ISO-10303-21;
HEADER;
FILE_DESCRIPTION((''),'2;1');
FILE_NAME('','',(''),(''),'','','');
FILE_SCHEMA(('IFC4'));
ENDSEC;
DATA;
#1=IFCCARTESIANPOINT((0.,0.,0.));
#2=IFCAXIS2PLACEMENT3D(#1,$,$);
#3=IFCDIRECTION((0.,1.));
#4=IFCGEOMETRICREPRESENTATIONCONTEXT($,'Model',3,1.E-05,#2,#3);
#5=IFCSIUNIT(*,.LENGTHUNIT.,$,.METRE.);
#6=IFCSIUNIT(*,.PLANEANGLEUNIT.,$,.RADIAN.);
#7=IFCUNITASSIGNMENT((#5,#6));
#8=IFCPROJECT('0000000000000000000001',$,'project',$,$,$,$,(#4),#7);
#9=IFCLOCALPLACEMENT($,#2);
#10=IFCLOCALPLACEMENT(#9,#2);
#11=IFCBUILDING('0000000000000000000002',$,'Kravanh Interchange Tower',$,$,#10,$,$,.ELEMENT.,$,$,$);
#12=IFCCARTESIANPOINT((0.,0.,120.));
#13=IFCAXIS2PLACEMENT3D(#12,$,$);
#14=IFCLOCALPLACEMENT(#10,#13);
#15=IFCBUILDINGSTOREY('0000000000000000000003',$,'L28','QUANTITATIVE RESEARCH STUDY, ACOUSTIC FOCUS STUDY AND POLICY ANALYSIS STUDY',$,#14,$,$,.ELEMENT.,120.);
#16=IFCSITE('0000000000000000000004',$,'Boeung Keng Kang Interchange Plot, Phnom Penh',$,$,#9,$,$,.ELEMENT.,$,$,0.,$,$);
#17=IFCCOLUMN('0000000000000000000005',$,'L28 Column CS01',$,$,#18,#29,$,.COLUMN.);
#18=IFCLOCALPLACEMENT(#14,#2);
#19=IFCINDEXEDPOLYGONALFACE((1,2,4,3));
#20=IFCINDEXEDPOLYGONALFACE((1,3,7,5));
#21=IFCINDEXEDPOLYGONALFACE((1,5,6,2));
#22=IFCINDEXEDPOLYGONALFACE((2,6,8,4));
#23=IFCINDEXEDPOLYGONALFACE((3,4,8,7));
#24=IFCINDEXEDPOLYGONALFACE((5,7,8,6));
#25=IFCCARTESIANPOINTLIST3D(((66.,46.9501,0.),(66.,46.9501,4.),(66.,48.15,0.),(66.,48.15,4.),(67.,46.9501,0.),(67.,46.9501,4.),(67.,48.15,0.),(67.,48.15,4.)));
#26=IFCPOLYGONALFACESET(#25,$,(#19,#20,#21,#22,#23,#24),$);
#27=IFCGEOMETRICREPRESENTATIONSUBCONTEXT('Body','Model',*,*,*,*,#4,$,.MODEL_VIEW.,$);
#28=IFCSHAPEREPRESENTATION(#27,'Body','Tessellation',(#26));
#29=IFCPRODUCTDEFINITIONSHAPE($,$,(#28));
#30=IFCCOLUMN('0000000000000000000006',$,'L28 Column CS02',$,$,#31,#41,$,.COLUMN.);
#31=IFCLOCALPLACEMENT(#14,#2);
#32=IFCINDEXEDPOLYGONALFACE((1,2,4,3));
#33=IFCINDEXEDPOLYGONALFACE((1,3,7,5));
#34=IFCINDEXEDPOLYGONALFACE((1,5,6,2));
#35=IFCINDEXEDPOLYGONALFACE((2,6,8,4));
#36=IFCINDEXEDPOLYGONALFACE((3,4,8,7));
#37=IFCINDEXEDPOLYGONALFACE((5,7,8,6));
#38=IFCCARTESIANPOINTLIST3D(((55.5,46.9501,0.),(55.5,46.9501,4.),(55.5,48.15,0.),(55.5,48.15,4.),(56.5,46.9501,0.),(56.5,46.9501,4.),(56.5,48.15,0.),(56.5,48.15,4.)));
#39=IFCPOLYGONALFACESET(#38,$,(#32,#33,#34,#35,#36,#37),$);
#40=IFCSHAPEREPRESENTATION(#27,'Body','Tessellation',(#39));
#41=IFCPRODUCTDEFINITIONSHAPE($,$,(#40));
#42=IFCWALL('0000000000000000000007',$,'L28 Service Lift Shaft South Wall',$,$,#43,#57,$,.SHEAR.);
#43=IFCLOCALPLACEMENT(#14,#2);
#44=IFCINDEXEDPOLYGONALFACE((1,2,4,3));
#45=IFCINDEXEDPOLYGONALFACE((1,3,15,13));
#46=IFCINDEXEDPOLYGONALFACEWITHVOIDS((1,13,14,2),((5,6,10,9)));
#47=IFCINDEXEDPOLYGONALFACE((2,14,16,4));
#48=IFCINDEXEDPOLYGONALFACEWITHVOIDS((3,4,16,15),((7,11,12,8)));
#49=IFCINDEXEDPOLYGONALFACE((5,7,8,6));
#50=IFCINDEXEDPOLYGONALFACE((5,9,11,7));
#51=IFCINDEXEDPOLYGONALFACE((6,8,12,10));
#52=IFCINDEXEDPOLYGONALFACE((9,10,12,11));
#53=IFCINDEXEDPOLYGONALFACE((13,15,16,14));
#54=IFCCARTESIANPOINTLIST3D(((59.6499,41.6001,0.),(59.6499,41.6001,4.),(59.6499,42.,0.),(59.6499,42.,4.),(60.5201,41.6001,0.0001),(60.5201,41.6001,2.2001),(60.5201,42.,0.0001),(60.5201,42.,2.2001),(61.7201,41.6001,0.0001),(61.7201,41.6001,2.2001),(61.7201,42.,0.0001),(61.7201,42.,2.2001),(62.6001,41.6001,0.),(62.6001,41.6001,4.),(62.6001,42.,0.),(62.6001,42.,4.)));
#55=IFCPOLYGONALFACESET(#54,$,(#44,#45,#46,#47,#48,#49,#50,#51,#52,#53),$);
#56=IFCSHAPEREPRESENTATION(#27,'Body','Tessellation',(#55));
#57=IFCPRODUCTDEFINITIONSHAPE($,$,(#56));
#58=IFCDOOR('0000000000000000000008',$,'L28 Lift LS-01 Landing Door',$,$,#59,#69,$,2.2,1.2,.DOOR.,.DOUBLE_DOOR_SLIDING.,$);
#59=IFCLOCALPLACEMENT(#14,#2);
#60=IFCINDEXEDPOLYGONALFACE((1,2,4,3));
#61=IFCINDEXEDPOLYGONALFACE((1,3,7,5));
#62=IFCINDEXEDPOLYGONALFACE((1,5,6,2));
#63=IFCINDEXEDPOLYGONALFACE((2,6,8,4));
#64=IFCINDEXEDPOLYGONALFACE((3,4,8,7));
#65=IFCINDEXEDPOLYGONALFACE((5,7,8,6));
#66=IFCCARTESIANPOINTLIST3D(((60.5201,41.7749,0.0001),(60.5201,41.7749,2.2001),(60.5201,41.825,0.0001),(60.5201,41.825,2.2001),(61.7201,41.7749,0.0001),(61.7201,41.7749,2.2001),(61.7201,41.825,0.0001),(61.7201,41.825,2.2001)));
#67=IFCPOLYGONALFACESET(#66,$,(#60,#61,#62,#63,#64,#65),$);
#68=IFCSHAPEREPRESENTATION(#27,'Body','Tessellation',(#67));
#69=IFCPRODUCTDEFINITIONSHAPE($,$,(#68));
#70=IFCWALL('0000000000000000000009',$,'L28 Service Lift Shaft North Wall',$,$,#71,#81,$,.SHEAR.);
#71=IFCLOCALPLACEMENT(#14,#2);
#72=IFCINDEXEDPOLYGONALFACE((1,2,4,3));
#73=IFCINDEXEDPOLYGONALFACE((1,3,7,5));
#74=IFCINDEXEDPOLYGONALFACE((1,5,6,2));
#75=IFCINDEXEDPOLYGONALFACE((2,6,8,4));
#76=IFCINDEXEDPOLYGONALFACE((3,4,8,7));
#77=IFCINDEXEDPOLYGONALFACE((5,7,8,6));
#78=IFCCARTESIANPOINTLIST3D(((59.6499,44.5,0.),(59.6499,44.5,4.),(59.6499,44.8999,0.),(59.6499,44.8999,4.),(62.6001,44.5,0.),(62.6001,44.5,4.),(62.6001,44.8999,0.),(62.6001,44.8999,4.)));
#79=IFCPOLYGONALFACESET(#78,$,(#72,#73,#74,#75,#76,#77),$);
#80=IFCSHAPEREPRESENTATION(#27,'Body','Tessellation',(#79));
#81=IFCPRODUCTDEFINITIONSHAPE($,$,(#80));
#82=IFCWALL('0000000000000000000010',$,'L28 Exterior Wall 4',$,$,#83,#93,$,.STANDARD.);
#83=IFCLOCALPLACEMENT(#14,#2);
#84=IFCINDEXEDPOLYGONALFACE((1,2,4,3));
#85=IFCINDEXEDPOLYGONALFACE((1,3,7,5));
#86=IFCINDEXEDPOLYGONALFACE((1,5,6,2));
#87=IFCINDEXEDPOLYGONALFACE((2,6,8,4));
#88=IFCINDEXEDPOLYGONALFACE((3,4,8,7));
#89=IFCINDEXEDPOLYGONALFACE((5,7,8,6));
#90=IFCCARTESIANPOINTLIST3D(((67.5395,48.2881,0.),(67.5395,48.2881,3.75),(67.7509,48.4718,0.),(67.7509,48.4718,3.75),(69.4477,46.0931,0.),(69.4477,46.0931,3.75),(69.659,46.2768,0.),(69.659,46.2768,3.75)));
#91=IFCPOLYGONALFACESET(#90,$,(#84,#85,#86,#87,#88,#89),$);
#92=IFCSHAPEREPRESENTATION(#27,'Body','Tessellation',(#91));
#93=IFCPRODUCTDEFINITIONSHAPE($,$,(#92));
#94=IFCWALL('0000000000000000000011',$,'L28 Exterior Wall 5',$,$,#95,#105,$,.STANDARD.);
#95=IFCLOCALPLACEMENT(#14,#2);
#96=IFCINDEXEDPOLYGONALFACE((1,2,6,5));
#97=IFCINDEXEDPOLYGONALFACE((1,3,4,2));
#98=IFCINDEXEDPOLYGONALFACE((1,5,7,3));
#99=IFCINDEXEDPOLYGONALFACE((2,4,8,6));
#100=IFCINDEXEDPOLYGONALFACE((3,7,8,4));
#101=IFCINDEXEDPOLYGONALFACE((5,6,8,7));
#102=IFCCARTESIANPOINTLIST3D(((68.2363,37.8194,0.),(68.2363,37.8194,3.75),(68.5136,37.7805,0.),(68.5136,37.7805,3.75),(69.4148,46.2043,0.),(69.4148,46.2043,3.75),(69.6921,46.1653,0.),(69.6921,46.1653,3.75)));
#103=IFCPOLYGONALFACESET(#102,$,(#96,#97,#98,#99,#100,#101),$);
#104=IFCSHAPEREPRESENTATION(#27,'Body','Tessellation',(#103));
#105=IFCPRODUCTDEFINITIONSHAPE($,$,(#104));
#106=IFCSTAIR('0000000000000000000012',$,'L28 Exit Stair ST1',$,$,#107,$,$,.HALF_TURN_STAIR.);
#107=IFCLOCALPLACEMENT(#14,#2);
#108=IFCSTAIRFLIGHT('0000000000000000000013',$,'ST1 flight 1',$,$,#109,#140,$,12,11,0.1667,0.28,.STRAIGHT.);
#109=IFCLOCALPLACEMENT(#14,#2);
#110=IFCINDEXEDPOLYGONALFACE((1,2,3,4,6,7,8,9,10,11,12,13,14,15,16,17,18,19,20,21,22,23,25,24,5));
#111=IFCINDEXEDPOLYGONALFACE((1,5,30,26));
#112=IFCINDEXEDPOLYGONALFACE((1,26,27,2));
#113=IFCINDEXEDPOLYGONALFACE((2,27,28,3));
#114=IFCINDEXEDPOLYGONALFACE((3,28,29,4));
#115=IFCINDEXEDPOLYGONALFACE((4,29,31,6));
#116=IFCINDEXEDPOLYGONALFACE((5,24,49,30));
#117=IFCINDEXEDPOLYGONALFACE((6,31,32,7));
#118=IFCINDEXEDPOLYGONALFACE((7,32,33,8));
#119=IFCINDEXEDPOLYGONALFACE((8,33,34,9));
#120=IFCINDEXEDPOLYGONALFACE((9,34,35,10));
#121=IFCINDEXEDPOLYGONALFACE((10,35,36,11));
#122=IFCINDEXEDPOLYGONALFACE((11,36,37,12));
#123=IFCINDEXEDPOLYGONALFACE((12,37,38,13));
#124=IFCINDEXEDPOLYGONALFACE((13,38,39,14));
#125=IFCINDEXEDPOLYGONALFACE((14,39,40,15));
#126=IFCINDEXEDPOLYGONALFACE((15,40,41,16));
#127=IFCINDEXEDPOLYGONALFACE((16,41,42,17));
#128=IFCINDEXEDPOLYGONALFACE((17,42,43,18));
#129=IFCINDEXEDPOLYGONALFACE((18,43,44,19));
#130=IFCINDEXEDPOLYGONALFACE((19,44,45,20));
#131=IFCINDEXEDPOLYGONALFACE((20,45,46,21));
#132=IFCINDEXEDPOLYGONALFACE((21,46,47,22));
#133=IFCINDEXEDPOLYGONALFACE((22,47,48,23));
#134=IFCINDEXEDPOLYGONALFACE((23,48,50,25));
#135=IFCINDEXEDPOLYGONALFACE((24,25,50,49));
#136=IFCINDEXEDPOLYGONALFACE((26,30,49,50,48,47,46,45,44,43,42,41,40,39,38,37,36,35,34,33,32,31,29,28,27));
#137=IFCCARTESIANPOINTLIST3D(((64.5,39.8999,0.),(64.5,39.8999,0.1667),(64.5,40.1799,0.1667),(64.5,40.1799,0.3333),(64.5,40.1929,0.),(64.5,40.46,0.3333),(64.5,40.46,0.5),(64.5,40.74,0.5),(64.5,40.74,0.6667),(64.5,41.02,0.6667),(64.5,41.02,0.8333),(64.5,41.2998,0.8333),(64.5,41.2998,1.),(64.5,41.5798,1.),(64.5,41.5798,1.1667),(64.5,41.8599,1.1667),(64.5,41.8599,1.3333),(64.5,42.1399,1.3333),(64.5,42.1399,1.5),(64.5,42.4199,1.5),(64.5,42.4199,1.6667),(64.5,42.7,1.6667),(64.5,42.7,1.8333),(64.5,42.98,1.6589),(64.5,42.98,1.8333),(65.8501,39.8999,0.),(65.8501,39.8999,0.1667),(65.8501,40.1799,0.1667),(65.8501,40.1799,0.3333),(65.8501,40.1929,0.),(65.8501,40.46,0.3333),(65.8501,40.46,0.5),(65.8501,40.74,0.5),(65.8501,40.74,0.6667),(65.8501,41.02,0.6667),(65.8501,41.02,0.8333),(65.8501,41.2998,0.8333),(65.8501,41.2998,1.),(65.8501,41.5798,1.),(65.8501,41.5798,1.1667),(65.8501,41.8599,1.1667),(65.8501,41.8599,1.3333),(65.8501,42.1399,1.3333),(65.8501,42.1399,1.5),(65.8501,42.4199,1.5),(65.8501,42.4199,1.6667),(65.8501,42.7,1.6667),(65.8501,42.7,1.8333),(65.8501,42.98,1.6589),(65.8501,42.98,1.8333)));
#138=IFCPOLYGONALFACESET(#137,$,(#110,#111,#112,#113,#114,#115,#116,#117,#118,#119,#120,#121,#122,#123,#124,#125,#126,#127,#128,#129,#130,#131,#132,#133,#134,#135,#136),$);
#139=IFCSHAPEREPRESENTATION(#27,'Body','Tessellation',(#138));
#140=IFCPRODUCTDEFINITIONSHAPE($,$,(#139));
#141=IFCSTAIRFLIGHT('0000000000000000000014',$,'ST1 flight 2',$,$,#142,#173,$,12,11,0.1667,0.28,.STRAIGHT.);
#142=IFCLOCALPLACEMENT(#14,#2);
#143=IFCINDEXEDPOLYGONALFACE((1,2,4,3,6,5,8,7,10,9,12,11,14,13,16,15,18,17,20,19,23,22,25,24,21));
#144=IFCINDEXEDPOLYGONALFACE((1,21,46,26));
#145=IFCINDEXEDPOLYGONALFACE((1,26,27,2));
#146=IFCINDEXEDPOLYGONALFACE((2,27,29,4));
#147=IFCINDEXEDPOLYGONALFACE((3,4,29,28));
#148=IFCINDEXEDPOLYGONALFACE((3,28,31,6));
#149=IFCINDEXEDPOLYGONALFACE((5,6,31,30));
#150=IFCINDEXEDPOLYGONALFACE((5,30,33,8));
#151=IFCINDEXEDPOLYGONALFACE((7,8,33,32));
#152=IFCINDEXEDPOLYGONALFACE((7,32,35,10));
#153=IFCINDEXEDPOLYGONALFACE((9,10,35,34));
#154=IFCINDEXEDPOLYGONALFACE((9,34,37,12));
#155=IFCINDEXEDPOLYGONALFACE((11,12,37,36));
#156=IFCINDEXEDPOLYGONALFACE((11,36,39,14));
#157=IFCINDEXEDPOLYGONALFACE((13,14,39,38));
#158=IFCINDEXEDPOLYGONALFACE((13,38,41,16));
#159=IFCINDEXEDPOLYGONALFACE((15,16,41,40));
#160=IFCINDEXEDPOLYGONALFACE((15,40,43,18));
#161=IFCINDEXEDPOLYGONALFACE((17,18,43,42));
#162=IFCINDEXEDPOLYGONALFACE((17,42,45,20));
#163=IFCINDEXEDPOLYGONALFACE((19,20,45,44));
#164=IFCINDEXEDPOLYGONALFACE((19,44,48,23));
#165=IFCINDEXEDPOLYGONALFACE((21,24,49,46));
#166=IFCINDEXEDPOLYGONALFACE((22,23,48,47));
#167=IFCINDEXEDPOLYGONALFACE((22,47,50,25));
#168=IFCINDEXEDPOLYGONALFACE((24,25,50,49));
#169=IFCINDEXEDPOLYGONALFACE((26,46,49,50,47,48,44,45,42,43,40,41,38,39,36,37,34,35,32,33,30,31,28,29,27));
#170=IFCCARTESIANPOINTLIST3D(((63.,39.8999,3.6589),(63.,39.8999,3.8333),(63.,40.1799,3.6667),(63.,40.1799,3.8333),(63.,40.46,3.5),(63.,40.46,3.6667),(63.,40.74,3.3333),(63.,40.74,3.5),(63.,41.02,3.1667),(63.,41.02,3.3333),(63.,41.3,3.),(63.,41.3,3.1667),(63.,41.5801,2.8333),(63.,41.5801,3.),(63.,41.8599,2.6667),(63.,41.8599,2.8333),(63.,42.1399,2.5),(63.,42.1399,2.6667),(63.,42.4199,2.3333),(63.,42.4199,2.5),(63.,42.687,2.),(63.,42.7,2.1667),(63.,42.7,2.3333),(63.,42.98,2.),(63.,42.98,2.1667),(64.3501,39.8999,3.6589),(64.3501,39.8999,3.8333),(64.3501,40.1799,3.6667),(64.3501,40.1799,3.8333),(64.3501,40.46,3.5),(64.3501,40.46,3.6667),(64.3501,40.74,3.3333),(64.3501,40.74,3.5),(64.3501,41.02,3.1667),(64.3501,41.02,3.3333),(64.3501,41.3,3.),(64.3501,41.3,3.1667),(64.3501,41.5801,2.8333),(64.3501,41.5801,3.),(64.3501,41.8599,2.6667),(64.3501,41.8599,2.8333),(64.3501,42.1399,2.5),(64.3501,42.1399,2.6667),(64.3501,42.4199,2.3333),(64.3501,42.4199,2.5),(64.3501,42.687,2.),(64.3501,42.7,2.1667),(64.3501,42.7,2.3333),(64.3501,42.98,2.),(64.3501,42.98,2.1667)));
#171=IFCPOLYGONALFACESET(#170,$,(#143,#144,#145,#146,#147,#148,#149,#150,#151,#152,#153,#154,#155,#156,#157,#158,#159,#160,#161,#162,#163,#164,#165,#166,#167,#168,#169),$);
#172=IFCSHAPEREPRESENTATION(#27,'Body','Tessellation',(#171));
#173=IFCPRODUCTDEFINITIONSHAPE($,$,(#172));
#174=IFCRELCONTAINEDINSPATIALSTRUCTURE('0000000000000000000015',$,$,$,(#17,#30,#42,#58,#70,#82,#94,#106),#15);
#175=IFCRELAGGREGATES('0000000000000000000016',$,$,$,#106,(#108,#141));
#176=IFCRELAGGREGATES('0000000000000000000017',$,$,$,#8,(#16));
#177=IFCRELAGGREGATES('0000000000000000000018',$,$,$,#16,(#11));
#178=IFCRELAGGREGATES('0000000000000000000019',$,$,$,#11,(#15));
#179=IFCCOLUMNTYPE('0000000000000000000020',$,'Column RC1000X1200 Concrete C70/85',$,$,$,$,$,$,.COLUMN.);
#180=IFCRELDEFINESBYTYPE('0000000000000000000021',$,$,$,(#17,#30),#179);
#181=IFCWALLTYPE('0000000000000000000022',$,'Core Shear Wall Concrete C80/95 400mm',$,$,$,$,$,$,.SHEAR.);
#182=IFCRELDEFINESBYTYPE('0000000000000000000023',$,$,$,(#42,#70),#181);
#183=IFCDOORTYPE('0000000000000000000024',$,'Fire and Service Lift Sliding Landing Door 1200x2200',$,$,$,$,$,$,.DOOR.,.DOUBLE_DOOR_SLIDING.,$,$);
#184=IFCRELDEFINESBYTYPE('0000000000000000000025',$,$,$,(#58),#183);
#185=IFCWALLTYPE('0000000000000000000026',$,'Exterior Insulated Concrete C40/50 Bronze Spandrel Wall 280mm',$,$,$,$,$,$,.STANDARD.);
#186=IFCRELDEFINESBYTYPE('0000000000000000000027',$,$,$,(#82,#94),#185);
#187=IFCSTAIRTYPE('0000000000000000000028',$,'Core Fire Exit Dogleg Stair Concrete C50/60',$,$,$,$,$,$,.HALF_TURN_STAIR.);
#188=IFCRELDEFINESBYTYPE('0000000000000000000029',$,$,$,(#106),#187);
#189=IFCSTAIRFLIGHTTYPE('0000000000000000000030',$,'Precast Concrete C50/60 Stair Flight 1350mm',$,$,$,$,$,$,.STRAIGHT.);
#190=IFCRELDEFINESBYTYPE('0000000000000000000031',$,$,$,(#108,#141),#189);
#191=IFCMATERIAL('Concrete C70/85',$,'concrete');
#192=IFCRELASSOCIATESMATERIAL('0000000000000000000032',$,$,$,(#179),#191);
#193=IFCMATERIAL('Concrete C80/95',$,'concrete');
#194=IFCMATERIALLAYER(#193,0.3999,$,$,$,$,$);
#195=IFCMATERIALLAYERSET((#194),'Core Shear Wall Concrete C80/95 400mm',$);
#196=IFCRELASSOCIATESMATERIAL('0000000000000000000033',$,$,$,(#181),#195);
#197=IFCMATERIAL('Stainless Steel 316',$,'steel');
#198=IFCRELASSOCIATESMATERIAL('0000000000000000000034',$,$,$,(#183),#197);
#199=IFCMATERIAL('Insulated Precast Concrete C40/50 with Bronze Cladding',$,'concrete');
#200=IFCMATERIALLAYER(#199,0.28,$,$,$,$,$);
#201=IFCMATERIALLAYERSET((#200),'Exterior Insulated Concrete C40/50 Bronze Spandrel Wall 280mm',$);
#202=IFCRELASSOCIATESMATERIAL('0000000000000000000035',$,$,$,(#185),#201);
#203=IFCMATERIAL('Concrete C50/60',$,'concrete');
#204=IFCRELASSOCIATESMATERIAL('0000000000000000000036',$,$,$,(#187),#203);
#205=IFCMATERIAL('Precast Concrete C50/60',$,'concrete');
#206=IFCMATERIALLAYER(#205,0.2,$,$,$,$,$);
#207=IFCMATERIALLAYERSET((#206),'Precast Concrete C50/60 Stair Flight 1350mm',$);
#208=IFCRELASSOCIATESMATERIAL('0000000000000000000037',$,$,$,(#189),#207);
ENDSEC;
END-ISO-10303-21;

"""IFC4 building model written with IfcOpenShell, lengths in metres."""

from ifc_helpers import new_model, si_unit, direction, frame, frame_2d, origin, origin_2d, place, context, subcontext, project, spatial, polyline, rectangle, outline, extrude, material, layer, layer_set, material_profile, profile_set, type_object, element, fill, aggregate, save


model = new_model("IFC4")

# Units and contexts
model_context = context("Model", 3, precision=1e-05, world=origin(), true_north=direction((0.0, 1.0)))
body_context = subcontext(model_context, "Body", "Model", "MODEL_VIEW")
ifc_project = project(units=[si_unit("LENGTHUNIT", "METRE"), si_unit("PLANEANGLEUNIT", "RADIAN")], contexts=[model_context])

# Site, building, storey
site_placement = place(None, origin())
site = spatial("IfcSite", under=ifc_project, at=site_placement, Name="Boeung Keng Kang Interchange Plot, Phnom Penh", CompositionType="ELEMENT", RefElevation=0.0)
building_placement = place(site_placement, origin())
building = spatial("IfcBuilding", under=site, at=building_placement, Name="Kravanh Interchange Tower", CompositionType="ELEMENT")
storey_placement = place(building_placement, frame((0.0, 0.0, 120.0)))
storey = spatial("IfcBuildingStorey", under=building, at=storey_placement, Name="L28", Description="QUANTITATIVE RESEARCH STUDY, ACOUSTIC FOCUS STUDY AND POLICY ANALYSIS STUDY", CompositionType="ELEMENT", Elevation=120.0)

# Columns
ifc_material_1 = material(Name="Concrete C70/85", Category="concrete")
ifc_material_profile = material_profile(ifc_material_1, rectangle(XDim=1.0, YDim=1.2, at=origin_2d()), Name="RC1000X1200")
ifc_profile_set = profile_set([ifc_material_profile], Name="Concrete C70/85")
column_type = type_object("IfcColumnType", Name="Column RC1000X1200 Concrete C70/85", PredefinedType="COLUMN", material=ifc_profile_set)
for number, where, z_axis, x_axis, name in (
    (1, (66.5, 47.55, 0.0), (0.0, 0.0, 1.0), (1.0, 0.0, 0.0), "L28 Column CS01"),
    (2, (56.0, 47.55, 0.0), (0.0, 0.0, 1.0), (1.0, 0.0, 0.0), "L28 Column CS02"),
):
    element("IfcColumn", number, at=place(storey_placement, frame(where, z_axis=z_axis, x_axis=x_axis)), inside=storey, type_object=column_type, Name=name, PredefinedType="COLUMN", context=body_context, shape_type="SweptSolid", body=[
        extrude(rectangle(XDim=1.0, YDim=1.2, at=origin_2d()), origin(), (0.0, 0.0, 1.0), 4.0),
    ])

# Wall, opening, door
ifc_material_2 = material(Name="Concrete C80/95", Category="concrete")
ifc_layer_1 = layer(ifc_material_2, 0.3999)
ifc_layer_set_1 = layer_set([ifc_layer_1], Name="Core Shear Wall Concrete C80/95 400mm")
wall_type_1 = type_object("IfcWallType", Name="Core Shear Wall Concrete C80/95 400mm", PredefinedType="SHEAR", material=ifc_layer_set_1)
wall_1_placement = place(storey_placement, frame((59.6499, 41.8, 0.0), z_axis=(0.0, 0.0, 1.0), x_axis=(1.0, 0.0, 0.0)))
wall_1 = element("IfcWall", 3, at=wall_1_placement, inside=storey, type_object=wall_type_1, Name="L28 Service Lift Shaft South Wall", PredefinedType="SHEAR", context=body_context, shape_type="SweptSolid", body=[
    extrude(rectangle(XDim=2.9502, YDim=0.3999, at=frame_2d((1.4751, 0.0))), origin(), (0.0, 0.0, 1.0), 4.0),
])
opening_placement = place(wall_1_placement, frame((0.8701, 0.0, 0.0)))
opening = element("IfcOpeningElement", 4, at=opening_placement, cuts=wall_1, PredefinedType="OPENING", context=body_context, shape_type="SweptSolid", body=[
    extrude(rectangle(XDim=1.2, YDim=2.2, at=frame_2d((0.6001, 1.1001))), frame((0.0, 0.21, 0.0), z_axis=(0.0, -1.0, 0.0), x_axis=(1.0, 0.0, 0.0)), (0.0, 0.0, 1.0), 0.4199),
])
ifc_material_3 = material(Name="Stainless Steel 316", Category="steel")
door_type = type_object("IfcDoorType", Name="Fire and Service Lift Sliding Landing Door 1200x2200", OperationType="DOUBLE_DOOR_SLIDING", PredefinedType="DOOR", material=ifc_material_3)
door_placement = place(opening_placement, origin())
door = element("IfcDoor", 5, at=door_placement, inside=storey, type_object=door_type, Name="L28 Lift LS-01 Landing Door", OperationType="DOUBLE_DOOR_SLIDING", OverallHeight=2.2, OverallWidth=1.2, PredefinedType="DOOR", context=body_context, shape_type="SweptSolid", body=[
    extrude(rectangle(XDim=1.2, YDim=2.2, at=frame_2d((0.6001, 1.1001))), frame((0.0, 0.0249, 0.0), z_axis=(0.0, -1.0, 0.0), x_axis=(1.0, 0.0, 0.0)), (0.0, 0.0, 1.0), 0.05),
])
fill(opening, door)

# Walls
wall_2_placement = place(storey_placement, frame((59.6499, 44.7, 0.0), z_axis=(0.0, 0.0, 1.0), x_axis=(1.0, 0.0, 0.0)))
element("IfcWall", 6, at=wall_2_placement, inside=storey, type_object=wall_type_1, Name="L28 Service Lift Shaft North Wall", PredefinedType="SHEAR", context=body_context, shape_type="SweptSolid", body=[
    extrude(rectangle(XDim=2.9502, YDim=0.3999, at=frame_2d((1.4751, 0.0))), origin(), (0.0, 0.0, 1.0), 4.0),
])
ifc_material_4 = material(Name="Insulated Precast Concrete C40/50 with Bronze Cladding", Category="concrete")
ifc_layer_2 = layer(ifc_material_4, 0.28)
ifc_layer_set_2 = layer_set([ifc_layer_2], Name="Exterior Insulated Concrete C40/50 Bronze Spandrel Wall 280mm")
wall_type_2 = type_object("IfcWallType", Name="Exterior Insulated Concrete C40/50 Bronze Spandrel Wall 280mm", PredefinedType="STANDARD", material=ifc_layer_set_2)
wall_3_placement = place(storey_placement, frame((67.6453, 48.3799, 0.0), z_axis=(0.0, 0.0, 1.0), x_axis=(0.656071, -0.754699, 0.0)))
element("IfcWall", 7, at=wall_3_placement, inside=storey, type_object=wall_type_2, Name="L28 Exterior Wall 4", PredefinedType="STANDARD", context=body_context, shape_type="SweptSolid", body=[
    extrude(rectangle(XDim=2.9084, YDim=0.28, at=frame_2d((1.4541, 0.0))), origin(), (0.0, 0.0, 1.0), 3.75),
])
wall_4_placement = place(storey_placement, frame((69.5535, 46.1848, 0.0), z_axis=(0.0, 0.0, 1.0), x_axis=(-0.139181, -0.990267, 0.0)))
element("IfcWall", 8, at=wall_4_placement, inside=storey, type_object=wall_type_2, Name="L28 Exterior Wall 5", PredefinedType="STANDARD", context=body_context, shape_type="SweptSolid", body=[
    extrude(rectangle(XDim=8.4673, YDim=0.28, at=frame_2d((4.2336, 0.0))), origin(), (0.0, 0.0, 1.0), 3.75),
])

# Stair, stair flights
ifc_material_5 = material(Name="Concrete C50/60", Category="concrete")
stair_type = type_object("IfcStairType", Name="Core Fire Exit Dogleg Stair Concrete C50/60", PredefinedType="HALF_TURN_STAIR", material=ifc_material_5)
stair_1_placement = place(storey_placement, origin())
stair_1 = element("IfcStair", 9, at=stair_1_placement, inside=storey, type_object=stair_type, Name="L28 Exit Stair ST1", PredefinedType="HALF_TURN_STAIR")
ifc_material_6 = material(Name="Precast Concrete C50/60", Category="concrete")
ifc_layer_3 = layer(ifc_material_6, 0.2)
ifc_layer_set_3 = layer_set([ifc_layer_3], Name="Precast Concrete C50/60 Stair Flight 1350mm")
stair_flight_type = type_object("IfcStairFlightType", Name="Precast Concrete C50/60 Stair Flight 1350mm", PredefinedType="STRAIGHT", material=ifc_layer_set_3)
stair_flight_1_placement = place(storey_placement, frame((65.175, 39.8999, 0.0), z_axis=(0.0, 0.0, 1.0), x_axis=(0.0, 1.0, 0.0)))
stair_flight_1 = element("IfcStairFlight", 10, at=stair_flight_1_placement, type_object=stair_flight_type, Name="ST1 flight 1", NumberOfRisers=12, NumberOfTreads=11, PredefinedType="STRAIGHT", RiserHeight=0.1667, TreadLength=0.28, context=body_context, shape_type="SweptSolid", body=[
    extrude(outline(polyline([(0.0, 0.0), (0.0, 0.1667), (0.28, 0.1667), (0.28, 0.3333), (0.5601, 0.3333), (0.5601, 0.5), (0.8401, 0.5), (0.8401, 0.6667), (1.1201, 0.6667), (1.1201, 0.8333), (1.3999, 0.8333), (1.3999, 1.0), (1.6799, 1.0), (1.6799, 1.1667), (1.96, 1.1667), (1.96, 1.3333), (2.24, 1.3333), (2.24, 1.5), (2.52, 1.5), (2.52, 1.6667), (2.8, 1.6667), (2.8, 1.8333), (3.0801, 1.8333), (3.0801, 2.0), (3.0801, 1.6589), (0.293, 0.0), (0.0, 0.0)])), frame((0.0, 0.675, 0.0), z_axis=(0.0, -1.0, 0.0), x_axis=(1.0, 0.0, 0.0)), (0.0, 0.0, 1.0), 1.3501),
])
stair_flight_2_placement = place(storey_placement, frame((63.675, 42.98, 2.0), z_axis=(0.0, 0.0, 1.0), x_axis=(0.0, -1.0, 0.0)))
stair_flight_2 = element("IfcStairFlight", 11, at=stair_flight_2_placement, type_object=stair_flight_type, Name="ST1 flight 2", NumberOfRisers=12, NumberOfTreads=11, PredefinedType="STRAIGHT", RiserHeight=0.1667, TreadLength=0.28, context=body_context, shape_type="SweptSolid", body=[
    extrude(outline(polyline([(0.0, 0.0), (0.0, 0.1667), (0.28, 0.1667), (0.28, 0.3333), (0.5601, 0.3333), (0.5601, 0.5), (0.8401, 0.5), (0.8401, 0.6667), (1.1201, 0.6667), (1.1201, 0.8333), (1.3999, 0.8333), (1.3999, 1.0), (1.6799, 1.0), (1.6799, 1.1667), (1.96, 1.1667), (1.96, 1.3333), (2.24, 1.3333), (2.24, 1.5), (2.52, 1.5), (2.52, 1.6667), (2.8, 1.6667), (2.8, 1.8333), (3.0801, 1.8333), (3.0801, 2.0), (3.0801, 1.6589), (0.293, 0.0), (0.0, 0.0)])), frame((0.0, 0.675, 0.0), z_axis=(0.0, -1.0, 0.0), x_axis=(1.0, 0.0, 0.0)), (0.0, 0.0, 1.0), 1.3501),
])
aggregate(stair_1, [stair_flight_1, stair_flight_2])

save(model, "model.ifc")
